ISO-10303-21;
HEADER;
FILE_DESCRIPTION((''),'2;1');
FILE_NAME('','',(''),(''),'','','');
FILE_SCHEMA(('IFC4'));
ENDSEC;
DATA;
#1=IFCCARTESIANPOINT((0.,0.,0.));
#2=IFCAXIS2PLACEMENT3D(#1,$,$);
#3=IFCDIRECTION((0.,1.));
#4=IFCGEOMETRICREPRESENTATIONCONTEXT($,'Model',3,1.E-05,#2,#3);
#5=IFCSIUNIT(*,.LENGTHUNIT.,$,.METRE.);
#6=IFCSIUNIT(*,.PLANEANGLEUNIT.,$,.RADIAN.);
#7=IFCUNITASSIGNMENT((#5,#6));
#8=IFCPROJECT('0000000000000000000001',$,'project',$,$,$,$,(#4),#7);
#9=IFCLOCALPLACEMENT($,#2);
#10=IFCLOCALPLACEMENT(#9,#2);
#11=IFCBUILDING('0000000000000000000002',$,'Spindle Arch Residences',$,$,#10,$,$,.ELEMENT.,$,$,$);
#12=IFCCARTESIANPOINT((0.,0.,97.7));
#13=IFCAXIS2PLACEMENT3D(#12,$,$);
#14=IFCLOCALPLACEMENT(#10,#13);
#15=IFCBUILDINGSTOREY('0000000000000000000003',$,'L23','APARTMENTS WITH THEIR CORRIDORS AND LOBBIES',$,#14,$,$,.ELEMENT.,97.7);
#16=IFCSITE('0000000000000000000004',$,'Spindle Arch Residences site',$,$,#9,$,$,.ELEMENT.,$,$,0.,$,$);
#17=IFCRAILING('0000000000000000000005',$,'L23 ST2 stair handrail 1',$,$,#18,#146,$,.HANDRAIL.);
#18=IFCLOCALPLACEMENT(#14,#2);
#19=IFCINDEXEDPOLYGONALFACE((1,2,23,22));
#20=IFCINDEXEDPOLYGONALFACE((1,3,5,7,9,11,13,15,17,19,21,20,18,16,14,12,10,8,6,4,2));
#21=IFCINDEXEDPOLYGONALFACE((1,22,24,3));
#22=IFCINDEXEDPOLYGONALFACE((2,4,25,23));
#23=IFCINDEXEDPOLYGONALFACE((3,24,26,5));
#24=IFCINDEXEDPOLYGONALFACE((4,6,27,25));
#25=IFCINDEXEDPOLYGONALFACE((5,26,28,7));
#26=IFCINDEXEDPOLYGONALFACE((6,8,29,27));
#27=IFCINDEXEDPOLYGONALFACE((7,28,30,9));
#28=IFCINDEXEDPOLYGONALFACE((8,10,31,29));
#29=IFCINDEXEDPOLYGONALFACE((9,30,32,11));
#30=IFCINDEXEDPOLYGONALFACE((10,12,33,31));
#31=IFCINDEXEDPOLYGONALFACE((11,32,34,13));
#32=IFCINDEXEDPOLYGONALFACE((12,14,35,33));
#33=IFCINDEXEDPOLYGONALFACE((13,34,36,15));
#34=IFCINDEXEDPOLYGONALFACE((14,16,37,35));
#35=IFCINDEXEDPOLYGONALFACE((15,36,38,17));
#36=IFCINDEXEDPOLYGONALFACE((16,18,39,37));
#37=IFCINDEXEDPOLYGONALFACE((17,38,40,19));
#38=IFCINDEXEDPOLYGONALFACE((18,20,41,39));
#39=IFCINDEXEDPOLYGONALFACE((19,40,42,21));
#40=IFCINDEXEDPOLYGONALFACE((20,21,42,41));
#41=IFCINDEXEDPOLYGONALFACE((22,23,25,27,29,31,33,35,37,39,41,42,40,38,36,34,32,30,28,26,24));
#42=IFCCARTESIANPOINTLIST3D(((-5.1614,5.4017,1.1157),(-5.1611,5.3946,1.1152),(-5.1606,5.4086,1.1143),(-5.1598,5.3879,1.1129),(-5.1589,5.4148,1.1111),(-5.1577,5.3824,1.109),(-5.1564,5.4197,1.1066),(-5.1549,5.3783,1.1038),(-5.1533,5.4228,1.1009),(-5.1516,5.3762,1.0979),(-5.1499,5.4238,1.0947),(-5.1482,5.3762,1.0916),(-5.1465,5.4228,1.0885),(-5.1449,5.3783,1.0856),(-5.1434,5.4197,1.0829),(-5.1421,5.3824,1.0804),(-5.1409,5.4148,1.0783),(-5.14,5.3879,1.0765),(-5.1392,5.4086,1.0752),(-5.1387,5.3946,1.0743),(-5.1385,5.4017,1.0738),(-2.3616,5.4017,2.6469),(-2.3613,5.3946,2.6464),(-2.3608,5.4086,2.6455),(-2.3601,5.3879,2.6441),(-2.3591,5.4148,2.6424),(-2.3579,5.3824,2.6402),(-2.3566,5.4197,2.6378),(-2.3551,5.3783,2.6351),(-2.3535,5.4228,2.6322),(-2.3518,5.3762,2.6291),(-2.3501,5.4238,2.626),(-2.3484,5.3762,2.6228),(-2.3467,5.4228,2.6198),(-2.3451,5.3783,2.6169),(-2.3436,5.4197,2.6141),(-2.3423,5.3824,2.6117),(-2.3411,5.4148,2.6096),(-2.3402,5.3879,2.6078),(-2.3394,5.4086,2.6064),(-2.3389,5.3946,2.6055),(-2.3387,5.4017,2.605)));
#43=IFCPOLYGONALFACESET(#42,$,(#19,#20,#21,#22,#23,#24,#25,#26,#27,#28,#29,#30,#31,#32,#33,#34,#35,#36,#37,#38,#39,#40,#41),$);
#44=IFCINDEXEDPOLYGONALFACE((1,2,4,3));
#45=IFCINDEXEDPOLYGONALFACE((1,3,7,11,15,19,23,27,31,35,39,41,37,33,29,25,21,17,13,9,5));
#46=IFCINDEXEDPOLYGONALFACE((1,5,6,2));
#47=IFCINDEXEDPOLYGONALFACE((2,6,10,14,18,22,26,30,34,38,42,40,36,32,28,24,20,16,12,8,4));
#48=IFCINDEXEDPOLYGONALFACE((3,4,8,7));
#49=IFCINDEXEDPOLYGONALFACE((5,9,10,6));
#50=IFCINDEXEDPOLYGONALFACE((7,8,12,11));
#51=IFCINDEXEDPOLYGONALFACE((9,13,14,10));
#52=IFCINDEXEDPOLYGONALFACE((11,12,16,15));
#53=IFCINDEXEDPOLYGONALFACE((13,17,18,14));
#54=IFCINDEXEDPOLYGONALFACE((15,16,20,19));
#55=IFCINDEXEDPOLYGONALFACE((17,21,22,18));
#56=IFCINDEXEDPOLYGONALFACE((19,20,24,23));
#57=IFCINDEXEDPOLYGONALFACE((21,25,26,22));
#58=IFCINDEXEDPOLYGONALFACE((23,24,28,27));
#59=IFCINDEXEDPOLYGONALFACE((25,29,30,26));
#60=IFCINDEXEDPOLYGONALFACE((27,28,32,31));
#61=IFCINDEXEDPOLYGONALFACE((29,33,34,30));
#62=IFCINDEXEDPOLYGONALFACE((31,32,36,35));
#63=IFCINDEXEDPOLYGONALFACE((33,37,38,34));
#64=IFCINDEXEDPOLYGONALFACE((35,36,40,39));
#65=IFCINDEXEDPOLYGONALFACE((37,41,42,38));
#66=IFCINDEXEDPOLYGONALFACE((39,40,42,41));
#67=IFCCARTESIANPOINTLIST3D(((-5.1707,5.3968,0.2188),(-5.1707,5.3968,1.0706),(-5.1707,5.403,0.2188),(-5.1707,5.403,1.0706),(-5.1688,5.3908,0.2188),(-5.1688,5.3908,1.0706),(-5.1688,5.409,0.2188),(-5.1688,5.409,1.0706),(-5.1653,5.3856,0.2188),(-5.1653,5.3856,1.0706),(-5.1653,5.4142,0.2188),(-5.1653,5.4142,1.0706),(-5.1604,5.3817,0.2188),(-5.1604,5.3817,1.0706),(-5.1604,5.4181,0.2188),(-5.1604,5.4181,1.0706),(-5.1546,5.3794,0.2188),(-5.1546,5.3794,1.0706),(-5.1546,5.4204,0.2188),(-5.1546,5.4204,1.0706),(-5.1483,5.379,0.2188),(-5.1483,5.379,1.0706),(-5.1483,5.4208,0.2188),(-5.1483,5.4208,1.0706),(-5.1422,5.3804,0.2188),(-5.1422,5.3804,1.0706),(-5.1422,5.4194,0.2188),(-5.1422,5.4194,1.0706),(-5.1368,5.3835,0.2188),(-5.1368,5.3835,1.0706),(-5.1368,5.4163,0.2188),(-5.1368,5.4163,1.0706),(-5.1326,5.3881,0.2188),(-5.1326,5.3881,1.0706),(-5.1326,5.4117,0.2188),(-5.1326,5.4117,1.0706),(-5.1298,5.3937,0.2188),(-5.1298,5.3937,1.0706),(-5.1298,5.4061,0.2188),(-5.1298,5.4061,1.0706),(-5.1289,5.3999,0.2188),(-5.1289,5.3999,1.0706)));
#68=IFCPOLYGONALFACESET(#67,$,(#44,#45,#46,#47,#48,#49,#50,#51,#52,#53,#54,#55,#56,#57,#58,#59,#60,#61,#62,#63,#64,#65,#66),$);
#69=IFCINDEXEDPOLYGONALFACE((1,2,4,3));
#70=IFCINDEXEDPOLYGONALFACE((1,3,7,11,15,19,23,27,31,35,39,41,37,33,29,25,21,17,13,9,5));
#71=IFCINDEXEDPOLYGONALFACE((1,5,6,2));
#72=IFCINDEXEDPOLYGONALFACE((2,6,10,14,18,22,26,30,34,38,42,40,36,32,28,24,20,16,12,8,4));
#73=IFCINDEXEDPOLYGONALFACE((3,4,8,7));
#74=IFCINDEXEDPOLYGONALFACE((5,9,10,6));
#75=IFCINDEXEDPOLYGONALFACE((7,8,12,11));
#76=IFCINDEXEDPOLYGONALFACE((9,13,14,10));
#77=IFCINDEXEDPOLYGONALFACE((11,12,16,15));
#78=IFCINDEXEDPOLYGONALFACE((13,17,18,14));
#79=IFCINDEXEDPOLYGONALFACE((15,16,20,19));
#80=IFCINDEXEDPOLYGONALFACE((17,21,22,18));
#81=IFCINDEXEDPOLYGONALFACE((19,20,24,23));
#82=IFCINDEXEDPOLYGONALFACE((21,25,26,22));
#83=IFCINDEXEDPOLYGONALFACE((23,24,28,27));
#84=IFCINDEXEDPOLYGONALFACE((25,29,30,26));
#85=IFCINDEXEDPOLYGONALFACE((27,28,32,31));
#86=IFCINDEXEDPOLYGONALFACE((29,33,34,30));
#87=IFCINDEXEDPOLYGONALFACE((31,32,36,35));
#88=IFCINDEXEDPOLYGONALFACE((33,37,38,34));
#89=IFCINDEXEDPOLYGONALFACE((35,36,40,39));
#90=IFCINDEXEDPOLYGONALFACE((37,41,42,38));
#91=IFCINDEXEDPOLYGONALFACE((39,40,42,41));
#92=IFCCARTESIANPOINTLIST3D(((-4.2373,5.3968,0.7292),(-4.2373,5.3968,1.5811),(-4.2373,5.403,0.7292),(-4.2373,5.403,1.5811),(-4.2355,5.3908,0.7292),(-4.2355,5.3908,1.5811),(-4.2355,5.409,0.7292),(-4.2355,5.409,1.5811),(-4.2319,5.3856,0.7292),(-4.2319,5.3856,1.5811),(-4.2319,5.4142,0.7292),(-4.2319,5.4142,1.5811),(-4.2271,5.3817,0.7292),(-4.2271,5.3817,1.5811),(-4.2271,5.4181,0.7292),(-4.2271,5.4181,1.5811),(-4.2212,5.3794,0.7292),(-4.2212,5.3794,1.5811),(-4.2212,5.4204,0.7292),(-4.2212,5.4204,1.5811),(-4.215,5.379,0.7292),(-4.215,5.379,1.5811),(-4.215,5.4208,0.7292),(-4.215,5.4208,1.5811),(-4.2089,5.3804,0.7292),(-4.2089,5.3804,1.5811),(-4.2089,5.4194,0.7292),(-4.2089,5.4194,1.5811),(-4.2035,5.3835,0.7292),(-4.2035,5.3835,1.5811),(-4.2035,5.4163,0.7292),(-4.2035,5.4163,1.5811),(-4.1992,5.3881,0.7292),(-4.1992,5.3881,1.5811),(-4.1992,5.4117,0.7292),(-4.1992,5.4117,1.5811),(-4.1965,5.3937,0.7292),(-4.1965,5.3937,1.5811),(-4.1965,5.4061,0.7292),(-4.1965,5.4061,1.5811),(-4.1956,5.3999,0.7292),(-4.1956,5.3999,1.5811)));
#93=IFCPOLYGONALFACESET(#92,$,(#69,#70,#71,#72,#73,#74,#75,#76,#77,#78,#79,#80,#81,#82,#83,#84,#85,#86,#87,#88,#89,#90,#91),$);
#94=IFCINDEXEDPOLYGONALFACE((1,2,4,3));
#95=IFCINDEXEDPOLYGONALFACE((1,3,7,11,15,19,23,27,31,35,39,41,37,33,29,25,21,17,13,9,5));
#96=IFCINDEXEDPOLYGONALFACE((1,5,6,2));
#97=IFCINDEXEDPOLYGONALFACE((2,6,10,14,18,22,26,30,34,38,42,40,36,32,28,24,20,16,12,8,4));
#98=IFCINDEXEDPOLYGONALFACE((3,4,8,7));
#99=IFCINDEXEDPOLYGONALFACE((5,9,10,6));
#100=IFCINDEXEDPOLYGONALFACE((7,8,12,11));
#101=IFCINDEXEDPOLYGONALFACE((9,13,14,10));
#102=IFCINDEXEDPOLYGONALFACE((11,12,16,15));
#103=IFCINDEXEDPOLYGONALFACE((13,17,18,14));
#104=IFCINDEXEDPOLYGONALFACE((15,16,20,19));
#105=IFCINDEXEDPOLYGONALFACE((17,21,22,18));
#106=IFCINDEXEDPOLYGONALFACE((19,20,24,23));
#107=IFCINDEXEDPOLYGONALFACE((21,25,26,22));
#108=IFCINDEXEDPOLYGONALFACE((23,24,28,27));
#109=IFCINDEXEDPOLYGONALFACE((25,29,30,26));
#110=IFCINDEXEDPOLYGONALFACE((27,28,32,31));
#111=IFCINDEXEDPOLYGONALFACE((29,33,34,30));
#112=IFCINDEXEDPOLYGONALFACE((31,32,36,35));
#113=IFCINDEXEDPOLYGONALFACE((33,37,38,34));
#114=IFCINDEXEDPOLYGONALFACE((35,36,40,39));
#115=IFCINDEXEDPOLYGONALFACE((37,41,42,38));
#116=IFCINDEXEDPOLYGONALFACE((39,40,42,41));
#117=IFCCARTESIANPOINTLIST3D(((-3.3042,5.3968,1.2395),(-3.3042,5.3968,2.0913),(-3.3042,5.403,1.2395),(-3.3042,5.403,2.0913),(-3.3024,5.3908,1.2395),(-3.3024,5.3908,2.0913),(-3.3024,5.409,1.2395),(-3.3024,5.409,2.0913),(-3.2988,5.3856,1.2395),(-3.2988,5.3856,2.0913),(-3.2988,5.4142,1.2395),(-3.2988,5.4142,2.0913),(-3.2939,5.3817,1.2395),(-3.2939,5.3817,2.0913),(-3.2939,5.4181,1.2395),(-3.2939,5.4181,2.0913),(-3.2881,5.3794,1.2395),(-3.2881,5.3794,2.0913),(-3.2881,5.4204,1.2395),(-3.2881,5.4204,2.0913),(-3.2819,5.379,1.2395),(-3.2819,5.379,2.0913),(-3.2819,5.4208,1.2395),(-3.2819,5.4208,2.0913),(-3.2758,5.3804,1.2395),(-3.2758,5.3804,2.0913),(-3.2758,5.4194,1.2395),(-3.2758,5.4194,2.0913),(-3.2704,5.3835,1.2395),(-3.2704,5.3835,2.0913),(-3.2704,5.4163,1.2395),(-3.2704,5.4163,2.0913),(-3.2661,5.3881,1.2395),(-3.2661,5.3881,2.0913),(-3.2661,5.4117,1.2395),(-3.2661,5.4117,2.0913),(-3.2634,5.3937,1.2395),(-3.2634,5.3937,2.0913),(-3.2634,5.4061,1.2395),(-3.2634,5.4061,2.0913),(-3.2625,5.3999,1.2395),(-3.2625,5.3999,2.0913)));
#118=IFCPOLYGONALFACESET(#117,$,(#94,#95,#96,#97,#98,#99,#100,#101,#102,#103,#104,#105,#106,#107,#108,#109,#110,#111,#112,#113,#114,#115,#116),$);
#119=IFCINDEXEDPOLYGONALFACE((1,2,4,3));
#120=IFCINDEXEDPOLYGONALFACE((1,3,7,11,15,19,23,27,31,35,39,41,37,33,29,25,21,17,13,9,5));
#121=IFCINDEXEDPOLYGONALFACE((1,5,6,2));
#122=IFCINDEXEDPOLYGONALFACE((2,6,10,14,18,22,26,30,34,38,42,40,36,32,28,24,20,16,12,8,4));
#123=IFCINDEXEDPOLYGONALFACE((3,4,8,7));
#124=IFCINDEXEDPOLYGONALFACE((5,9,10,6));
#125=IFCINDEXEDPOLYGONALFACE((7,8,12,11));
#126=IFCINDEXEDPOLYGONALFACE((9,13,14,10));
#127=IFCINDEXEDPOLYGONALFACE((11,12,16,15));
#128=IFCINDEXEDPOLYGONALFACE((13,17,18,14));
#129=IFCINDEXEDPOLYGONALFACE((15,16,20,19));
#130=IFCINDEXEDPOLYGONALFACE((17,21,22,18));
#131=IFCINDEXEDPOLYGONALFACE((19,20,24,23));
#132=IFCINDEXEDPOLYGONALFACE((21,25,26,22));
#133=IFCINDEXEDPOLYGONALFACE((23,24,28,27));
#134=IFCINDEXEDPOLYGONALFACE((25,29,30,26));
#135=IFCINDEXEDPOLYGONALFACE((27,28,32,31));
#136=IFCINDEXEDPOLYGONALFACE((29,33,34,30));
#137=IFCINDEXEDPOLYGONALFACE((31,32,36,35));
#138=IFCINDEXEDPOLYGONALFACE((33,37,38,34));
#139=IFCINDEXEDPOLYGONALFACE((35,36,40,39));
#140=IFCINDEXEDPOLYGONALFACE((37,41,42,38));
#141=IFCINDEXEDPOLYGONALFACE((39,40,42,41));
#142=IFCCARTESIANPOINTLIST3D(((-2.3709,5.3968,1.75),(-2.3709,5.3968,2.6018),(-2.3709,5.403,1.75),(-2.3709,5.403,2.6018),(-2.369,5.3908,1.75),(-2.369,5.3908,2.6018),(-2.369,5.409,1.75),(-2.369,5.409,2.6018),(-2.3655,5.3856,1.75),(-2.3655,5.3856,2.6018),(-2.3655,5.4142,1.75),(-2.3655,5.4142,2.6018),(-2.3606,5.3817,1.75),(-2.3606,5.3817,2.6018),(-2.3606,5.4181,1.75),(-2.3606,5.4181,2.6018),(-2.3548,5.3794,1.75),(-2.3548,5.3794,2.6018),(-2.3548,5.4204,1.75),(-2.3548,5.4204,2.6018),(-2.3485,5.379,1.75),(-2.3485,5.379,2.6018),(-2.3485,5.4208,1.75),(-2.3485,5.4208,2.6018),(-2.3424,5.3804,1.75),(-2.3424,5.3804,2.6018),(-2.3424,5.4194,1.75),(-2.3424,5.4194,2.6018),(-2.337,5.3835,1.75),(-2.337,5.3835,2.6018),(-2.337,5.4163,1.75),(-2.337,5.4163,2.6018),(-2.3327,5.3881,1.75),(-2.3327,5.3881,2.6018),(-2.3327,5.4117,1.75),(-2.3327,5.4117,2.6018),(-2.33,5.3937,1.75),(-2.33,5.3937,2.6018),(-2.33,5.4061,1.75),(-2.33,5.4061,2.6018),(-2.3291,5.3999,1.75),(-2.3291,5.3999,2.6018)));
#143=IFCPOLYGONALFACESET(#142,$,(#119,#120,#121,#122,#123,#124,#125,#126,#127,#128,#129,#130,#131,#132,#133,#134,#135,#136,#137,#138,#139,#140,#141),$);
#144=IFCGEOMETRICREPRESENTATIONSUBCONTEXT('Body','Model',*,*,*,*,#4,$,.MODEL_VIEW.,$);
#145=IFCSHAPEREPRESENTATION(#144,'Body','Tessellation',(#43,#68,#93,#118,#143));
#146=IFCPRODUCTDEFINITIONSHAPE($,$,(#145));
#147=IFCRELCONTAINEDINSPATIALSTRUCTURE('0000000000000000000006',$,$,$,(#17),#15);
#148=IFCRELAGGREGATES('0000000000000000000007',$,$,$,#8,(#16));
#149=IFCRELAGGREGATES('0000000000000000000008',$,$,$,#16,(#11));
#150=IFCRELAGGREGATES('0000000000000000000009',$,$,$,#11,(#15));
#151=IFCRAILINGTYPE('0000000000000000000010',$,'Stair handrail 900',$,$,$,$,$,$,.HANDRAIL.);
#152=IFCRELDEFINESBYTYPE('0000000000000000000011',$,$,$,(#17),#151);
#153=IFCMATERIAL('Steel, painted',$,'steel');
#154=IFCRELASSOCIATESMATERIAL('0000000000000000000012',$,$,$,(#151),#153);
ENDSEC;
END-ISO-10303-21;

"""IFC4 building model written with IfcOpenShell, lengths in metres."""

from ifc_helpers import new_model, si_unit, direction, frame, origin, origin_2d, place, context, subcontext, project, spatial, circle, extrude, material, type_object, element, save


model = new_model("IFC4")

# Units and contexts
model_context = context("Model", 3, precision=1e-05, world=origin(), true_north=direction((0.0, 1.0)))
body_context = subcontext(model_context, "Body", "Model", "MODEL_VIEW")
ifc_project = project(units=[si_unit("LENGTHUNIT", "METRE"), si_unit("PLANEANGLEUNIT", "RADIAN")], contexts=[model_context])

# Site, building, storey
site_placement = place(None, origin())
site = spatial("IfcSite", under=ifc_project, at=site_placement, Name="Spindle Arch Residences site", CompositionType="ELEMENT", RefElevation=0.0)
building_placement = place(site_placement, origin())
building = spatial("IfcBuilding", under=site, at=building_placement, Name="Spindle Arch Residences", CompositionType="ELEMENT")
storey_placement = place(building_placement, frame((0.0, 0.0, 97.7)))
storey = spatial("IfcBuildingStorey", under=building, at=storey_placement, Name="L23", Description="APARTMENTS WITH THEIR CORRIDORS AND LOBBIES", CompositionType="ELEMENT", Elevation=97.7)

# Railing
ifc_material_1 = material(Name="Steel, painted", Category="steel")
railing_type_1 = type_object("IfcRailingType", Name="Stair handrail 900", PredefinedType="HANDRAIL", material=ifc_material_1)
railing_1_placement = place(storey_placement, frame((-5.1499, 5.3999, 0.2188)))
element("IfcRailing", 1, at=railing_1_placement, inside=storey, type_object=railing_type_1, Name="L23 ST2 stair handrail 1", PredefinedType="HANDRAIL", context=body_context, shape_type="SweptSolid", body=[
    extrude(circle(Radius=0.0239, at=origin_2d()), frame((0.0, 0.0, 0.876), z_axis=(0.877357, 0.0, 0.479838), x_axis=(0.0, 1.0, 0.0)), (0.0, 0.0, 1.0), 3.1912),
    extrude(circle(Radius=0.021, at=origin_2d()), origin(), (0.0, 0.0, 1.0), 0.8518),
    extrude(circle(Radius=0.021, at=origin_2d()), frame((0.9333, 0.0, 0.5105)), (0.0, 0.0, 1.0), 0.8518),
    extrude(circle(Radius=0.021, at=origin_2d()), frame((1.8665, 0.0, 1.0208)), (0.0, 0.0, 1.0), 0.8518),
    extrude(circle(Radius=0.021, at=origin_2d()), frame((2.7998, 0.0, 1.5312)), (0.0, 0.0, 1.0), 0.8518),
])

save(model, "model.ifc")
